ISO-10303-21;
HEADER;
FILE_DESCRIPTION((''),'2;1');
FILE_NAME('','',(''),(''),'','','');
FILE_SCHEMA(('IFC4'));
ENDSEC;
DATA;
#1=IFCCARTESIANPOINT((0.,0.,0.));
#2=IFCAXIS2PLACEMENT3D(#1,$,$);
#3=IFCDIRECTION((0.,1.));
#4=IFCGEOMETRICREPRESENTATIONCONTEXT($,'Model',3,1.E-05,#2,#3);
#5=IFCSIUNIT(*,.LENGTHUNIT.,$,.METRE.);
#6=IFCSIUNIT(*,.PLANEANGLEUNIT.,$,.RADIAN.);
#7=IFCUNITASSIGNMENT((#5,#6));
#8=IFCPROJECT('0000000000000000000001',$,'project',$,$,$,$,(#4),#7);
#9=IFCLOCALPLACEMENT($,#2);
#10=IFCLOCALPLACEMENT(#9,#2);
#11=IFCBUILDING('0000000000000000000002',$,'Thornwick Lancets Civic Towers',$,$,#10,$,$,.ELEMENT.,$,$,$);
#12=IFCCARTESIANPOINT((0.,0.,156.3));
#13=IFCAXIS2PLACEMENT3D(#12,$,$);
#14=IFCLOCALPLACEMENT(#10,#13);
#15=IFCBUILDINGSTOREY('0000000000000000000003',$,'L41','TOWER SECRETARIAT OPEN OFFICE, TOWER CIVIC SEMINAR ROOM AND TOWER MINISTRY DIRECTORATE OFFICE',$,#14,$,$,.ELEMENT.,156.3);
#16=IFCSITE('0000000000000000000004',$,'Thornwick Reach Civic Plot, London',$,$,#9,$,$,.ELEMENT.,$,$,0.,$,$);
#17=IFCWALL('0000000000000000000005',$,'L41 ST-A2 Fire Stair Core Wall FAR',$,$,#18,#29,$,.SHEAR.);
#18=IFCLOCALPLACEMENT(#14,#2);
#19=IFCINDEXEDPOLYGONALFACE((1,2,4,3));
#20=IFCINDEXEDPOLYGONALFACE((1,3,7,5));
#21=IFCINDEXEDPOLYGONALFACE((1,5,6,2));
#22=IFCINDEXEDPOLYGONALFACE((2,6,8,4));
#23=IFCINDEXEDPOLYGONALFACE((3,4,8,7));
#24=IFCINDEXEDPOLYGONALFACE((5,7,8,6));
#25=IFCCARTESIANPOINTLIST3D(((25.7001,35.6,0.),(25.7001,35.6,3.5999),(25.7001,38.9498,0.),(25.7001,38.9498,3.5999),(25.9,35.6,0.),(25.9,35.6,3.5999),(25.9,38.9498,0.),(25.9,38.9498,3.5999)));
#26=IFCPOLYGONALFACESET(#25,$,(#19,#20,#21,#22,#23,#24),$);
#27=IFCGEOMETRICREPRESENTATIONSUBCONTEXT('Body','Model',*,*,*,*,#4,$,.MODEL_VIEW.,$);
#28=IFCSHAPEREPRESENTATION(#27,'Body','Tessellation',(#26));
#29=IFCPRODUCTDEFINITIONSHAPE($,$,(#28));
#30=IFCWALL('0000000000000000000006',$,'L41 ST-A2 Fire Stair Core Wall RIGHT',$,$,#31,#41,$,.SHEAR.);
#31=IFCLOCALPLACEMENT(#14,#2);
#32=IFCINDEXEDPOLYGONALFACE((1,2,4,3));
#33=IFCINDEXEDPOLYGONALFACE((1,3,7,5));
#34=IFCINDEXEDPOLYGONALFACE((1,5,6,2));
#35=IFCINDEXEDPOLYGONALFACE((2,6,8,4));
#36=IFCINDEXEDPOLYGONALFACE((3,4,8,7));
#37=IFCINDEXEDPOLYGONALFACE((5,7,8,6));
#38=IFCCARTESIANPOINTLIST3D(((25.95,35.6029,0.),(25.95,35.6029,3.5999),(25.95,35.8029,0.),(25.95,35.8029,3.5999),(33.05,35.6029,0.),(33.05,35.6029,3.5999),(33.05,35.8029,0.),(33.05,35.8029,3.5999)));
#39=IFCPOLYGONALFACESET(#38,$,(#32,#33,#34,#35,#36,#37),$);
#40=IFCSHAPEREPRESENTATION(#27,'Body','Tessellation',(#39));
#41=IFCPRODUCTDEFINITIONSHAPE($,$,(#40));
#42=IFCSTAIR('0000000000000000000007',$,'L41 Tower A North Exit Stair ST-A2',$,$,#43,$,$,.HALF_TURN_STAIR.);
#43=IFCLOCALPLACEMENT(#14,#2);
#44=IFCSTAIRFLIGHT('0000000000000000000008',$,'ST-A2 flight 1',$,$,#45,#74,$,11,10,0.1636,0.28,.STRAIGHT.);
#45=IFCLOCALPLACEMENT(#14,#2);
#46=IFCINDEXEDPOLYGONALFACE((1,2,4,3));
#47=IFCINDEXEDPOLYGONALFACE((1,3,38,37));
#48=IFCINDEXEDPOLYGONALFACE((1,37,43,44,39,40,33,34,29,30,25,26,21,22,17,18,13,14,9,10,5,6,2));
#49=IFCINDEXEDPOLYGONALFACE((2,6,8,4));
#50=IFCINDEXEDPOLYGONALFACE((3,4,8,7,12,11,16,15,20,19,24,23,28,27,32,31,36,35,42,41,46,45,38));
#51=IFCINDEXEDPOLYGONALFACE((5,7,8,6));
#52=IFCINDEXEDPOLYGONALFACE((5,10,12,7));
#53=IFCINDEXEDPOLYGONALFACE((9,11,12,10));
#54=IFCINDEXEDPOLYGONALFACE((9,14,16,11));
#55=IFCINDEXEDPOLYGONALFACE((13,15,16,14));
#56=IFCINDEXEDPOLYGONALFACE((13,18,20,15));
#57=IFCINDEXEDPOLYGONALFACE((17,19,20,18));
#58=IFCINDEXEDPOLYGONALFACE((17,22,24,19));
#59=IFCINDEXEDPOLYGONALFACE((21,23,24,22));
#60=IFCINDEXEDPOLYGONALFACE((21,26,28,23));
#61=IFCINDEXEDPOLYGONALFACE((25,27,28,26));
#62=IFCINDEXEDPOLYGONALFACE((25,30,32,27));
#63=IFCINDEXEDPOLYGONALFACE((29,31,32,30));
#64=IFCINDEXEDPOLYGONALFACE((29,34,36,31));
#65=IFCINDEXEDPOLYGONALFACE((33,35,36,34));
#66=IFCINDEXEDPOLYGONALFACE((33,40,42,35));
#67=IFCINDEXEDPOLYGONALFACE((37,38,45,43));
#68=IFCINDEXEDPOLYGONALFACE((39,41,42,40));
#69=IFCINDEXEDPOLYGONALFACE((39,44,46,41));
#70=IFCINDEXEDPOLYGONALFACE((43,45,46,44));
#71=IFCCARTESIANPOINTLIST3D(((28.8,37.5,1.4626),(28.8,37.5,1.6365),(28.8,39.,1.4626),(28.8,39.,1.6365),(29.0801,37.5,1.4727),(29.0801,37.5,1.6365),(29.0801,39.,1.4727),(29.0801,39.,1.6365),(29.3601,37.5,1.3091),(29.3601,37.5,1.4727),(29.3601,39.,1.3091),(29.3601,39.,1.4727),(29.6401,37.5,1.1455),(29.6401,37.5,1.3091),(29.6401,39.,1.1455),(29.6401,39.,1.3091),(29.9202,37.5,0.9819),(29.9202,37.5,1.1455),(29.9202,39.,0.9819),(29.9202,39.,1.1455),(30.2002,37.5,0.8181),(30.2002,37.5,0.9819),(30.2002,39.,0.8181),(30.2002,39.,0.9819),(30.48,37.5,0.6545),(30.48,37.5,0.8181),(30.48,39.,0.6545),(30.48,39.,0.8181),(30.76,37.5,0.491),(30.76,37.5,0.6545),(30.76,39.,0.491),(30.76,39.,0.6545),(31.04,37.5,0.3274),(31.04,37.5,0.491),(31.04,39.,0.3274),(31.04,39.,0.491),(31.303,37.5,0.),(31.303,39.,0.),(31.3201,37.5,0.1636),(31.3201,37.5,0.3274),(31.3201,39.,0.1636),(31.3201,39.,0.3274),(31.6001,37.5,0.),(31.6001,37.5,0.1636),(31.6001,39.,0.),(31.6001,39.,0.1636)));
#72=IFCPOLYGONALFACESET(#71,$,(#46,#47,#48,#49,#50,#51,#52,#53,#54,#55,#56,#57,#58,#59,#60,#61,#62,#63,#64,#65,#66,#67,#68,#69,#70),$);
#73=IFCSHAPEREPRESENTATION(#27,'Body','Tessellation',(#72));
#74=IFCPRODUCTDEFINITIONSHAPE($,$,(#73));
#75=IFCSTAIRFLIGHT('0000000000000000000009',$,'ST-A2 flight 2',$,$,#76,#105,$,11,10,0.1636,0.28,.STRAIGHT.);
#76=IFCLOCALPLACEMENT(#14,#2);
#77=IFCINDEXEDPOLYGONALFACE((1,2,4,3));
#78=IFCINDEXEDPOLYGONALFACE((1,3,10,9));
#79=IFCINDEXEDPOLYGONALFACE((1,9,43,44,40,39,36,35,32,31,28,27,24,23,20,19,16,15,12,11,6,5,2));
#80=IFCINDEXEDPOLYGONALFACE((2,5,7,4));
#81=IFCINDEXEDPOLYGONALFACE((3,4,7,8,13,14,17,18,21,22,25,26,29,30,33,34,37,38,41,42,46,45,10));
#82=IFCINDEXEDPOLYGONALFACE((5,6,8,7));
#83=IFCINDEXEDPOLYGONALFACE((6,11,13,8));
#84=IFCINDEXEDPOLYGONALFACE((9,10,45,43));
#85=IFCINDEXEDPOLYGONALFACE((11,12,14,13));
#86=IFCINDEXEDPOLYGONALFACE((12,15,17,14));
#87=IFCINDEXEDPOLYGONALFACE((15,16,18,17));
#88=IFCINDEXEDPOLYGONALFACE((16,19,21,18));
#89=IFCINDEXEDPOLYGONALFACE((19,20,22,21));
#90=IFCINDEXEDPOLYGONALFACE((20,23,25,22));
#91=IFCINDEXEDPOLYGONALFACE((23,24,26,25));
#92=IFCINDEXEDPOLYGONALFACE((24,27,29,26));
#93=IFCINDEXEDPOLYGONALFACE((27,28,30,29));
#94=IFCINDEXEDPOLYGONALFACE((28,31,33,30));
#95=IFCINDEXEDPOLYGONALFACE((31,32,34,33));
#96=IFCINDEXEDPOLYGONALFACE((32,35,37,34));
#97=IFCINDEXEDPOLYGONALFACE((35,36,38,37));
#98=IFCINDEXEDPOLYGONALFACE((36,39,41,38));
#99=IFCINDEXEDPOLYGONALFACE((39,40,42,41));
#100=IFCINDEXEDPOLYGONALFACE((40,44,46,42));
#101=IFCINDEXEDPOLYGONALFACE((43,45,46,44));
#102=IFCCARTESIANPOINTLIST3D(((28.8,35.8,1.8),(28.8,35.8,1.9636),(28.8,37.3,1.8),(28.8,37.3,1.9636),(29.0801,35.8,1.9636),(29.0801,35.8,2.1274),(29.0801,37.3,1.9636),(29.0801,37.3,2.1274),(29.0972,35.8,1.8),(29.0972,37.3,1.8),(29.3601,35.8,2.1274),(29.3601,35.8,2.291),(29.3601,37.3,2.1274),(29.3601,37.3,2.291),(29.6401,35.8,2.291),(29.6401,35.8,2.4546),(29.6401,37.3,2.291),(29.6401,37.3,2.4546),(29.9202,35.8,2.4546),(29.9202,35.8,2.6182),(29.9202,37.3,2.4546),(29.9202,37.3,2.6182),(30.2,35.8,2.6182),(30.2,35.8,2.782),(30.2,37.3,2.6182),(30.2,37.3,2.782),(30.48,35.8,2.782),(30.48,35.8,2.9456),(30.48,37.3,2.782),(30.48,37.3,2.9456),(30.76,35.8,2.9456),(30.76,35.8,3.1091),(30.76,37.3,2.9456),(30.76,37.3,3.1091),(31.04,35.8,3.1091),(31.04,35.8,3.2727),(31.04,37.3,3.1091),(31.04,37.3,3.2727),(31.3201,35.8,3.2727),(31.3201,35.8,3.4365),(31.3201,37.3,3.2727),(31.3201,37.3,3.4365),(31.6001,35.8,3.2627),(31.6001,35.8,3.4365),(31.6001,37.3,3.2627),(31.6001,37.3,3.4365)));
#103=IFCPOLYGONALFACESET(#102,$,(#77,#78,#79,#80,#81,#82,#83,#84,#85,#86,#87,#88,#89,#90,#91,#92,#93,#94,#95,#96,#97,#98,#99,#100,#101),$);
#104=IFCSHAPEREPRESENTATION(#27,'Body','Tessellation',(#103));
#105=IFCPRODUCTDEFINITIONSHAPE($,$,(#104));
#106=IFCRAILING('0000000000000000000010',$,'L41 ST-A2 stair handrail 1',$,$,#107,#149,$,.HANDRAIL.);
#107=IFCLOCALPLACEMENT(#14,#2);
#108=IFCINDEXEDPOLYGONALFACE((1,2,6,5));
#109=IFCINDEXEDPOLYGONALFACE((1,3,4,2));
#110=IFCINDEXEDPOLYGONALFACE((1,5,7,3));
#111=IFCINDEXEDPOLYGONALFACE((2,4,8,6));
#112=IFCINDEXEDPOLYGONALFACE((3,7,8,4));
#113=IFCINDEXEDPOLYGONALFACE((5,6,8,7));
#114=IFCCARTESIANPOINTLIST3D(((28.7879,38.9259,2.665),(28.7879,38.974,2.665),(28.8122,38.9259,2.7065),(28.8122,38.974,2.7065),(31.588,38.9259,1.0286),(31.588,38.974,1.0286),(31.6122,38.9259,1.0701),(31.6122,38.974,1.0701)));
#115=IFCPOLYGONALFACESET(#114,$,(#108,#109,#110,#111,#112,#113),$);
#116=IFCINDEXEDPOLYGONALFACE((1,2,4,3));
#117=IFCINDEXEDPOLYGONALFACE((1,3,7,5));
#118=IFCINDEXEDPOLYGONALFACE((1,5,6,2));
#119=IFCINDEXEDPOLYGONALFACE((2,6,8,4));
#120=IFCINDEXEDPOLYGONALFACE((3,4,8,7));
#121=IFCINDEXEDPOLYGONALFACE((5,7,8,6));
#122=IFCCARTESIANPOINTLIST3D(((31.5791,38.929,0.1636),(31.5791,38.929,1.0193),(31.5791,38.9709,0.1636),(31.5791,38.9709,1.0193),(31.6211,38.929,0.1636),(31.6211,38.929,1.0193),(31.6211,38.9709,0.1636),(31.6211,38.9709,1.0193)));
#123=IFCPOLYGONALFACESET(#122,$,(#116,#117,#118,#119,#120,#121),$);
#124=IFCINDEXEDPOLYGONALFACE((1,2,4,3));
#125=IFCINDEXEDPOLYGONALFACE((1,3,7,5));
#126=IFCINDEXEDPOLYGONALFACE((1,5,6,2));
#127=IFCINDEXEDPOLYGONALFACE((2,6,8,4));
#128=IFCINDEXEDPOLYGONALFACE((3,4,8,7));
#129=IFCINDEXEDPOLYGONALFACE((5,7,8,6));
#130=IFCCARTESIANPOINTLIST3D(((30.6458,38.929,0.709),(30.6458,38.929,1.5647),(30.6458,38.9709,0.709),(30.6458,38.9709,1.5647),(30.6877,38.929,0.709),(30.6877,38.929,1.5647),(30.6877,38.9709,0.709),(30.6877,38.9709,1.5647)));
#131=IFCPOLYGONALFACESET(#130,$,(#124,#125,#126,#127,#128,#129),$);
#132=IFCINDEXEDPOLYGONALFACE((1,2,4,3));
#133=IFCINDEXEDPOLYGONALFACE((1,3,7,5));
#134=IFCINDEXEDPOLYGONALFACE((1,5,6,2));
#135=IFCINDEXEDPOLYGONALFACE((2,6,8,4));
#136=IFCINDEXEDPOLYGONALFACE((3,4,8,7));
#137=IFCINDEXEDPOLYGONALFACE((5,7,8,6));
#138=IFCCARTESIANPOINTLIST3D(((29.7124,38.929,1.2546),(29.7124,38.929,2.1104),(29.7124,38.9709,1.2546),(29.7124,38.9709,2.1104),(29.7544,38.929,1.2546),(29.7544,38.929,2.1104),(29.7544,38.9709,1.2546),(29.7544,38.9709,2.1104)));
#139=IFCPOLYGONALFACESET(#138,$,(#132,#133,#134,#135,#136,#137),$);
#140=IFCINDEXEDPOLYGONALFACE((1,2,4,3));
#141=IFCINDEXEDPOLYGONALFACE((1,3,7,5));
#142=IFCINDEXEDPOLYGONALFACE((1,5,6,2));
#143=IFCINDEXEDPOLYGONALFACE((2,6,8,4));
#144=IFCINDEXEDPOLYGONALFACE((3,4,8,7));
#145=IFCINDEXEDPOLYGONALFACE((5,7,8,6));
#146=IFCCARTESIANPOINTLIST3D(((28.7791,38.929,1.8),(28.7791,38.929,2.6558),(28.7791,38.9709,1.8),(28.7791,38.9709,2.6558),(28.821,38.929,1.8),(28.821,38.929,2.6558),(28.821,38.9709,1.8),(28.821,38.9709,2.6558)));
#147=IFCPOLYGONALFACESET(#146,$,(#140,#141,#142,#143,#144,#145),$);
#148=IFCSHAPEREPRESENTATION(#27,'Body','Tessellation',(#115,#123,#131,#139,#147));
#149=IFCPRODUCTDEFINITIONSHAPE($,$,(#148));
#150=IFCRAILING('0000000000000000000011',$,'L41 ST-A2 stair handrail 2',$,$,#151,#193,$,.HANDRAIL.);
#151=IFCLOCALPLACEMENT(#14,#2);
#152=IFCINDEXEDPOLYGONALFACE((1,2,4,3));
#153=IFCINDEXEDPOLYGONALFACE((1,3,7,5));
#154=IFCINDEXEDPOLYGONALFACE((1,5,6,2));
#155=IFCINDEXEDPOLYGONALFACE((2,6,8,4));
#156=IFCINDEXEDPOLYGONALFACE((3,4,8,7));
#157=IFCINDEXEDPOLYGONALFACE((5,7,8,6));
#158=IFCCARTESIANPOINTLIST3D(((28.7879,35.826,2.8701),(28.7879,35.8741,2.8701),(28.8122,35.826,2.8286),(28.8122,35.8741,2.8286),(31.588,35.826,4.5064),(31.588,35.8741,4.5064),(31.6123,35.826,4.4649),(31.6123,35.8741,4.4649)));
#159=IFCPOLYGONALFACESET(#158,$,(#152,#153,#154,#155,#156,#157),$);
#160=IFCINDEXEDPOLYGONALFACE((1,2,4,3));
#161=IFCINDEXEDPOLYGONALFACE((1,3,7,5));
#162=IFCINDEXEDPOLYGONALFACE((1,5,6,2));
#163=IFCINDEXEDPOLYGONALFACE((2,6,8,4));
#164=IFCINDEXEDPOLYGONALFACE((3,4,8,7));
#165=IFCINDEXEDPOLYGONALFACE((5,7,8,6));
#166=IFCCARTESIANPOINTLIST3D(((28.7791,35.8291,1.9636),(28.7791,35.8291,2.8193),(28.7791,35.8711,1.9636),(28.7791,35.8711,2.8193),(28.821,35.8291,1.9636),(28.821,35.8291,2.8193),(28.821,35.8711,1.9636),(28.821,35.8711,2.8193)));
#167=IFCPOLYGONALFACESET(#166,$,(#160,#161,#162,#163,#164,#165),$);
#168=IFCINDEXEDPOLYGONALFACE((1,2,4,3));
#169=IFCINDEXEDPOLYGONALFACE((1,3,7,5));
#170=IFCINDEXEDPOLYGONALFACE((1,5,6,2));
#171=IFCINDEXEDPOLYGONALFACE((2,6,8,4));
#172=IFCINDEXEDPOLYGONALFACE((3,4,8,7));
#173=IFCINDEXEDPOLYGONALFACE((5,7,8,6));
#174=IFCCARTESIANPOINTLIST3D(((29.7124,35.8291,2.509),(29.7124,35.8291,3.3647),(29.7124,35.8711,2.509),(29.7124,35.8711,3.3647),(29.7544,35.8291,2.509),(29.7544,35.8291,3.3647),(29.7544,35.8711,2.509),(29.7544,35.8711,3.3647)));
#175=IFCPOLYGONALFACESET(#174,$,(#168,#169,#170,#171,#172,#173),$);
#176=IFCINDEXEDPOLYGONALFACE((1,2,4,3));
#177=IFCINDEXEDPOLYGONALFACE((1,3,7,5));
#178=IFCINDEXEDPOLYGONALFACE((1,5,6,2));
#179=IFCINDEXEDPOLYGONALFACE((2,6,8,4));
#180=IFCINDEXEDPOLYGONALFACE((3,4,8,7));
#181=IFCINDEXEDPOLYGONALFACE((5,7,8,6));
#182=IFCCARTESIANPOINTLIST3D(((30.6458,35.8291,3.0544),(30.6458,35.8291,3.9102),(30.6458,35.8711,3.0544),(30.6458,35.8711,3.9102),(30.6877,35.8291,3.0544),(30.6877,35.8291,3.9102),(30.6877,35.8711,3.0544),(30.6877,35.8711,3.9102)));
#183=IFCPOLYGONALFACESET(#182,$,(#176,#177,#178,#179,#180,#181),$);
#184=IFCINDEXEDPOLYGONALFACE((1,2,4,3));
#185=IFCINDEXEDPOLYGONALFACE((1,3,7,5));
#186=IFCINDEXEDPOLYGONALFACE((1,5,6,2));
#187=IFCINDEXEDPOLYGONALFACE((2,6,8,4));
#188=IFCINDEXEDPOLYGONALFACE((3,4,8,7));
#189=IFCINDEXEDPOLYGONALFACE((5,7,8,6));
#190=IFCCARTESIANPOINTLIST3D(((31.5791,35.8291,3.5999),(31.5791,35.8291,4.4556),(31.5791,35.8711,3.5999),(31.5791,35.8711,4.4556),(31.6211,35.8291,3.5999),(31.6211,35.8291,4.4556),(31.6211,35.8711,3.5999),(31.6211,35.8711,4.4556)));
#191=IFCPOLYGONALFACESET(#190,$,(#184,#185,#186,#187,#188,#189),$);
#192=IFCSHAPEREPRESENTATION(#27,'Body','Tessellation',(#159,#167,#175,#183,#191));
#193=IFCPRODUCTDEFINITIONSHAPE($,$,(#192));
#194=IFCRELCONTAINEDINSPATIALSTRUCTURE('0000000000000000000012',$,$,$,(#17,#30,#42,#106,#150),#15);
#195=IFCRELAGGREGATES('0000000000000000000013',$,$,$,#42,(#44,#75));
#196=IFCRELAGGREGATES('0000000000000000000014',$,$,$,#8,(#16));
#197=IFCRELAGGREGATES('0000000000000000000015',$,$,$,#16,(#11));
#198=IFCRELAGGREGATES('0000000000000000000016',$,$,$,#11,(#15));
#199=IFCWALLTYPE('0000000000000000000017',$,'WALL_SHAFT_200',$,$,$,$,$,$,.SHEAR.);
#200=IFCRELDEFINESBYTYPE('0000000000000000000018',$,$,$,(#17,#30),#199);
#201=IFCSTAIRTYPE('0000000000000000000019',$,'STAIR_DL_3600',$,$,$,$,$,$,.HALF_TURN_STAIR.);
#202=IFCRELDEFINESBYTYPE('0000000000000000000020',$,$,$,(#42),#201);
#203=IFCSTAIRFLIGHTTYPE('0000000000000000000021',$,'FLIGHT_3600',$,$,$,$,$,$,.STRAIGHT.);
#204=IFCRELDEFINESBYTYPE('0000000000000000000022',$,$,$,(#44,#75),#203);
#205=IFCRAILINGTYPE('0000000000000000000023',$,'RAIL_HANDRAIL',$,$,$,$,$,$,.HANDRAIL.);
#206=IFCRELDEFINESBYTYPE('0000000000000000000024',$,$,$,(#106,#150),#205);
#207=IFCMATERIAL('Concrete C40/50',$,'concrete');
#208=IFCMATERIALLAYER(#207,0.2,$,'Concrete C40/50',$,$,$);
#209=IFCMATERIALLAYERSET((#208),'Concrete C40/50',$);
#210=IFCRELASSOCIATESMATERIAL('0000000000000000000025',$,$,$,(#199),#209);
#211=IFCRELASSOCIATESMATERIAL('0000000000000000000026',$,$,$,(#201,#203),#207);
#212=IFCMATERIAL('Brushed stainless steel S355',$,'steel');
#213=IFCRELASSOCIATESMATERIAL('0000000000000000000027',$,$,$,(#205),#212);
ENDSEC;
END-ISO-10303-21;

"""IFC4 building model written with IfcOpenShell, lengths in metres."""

from ifc_helpers import new_model, si_unit, direction, frame, frame_2d, origin, origin_2d, place, context, subcontext, project, spatial, polyline, rectangle, outline, extrude, material, layer, layer_set, type_object, element, aggregate, save


model = new_model("IFC4")

# Units and contexts
model_context = context("Model", 3, precision=1e-05, world=origin(), true_north=direction((0.0, 1.0)))
body_context = subcontext(model_context, "Body", "Model", "MODEL_VIEW")
ifc_project = project(units=[si_unit("LENGTHUNIT", "METRE"), si_unit("PLANEANGLEUNIT", "RADIAN")], contexts=[model_context])

# Site, building, storey
site_placement = place(None, origin())
site = spatial("IfcSite", under=ifc_project, at=site_placement, Name="Thornwick Reach Civic Plot, London", CompositionType="ELEMENT", RefElevation=0.0)
building_placement = place(site_placement, origin())
building = spatial("IfcBuilding", under=site, at=building_placement, Name="Thornwick Lancets Civic Towers", CompositionType="ELEMENT")
storey_placement = place(building_placement, frame((0.0, 0.0, 156.3)))
storey = spatial("IfcBuildingStorey", under=building, at=storey_placement, Name="L41", Description="TOWER SECRETARIAT OPEN OFFICE, TOWER CIVIC SEMINAR ROOM AND TOWER MINISTRY DIRECTORATE OFFICE", CompositionType="ELEMENT", Elevation=156.3)

# Shared definitions
ifc_material_1 = material(Name="Concrete C40/50", Category="concrete")

# Shared definitions
ifc_layer_1 = layer(ifc_material_1, 0.2, Name="Concrete C40/50")
ifc_layer_set_1 = layer_set([ifc_layer_1], Name="Concrete C40/50")
wall_type_1 = type_object("IfcWallType", Name="WALL_SHAFT_200", PredefinedType="SHEAR", material=ifc_layer_set_1)

# Walls
wall_1_placement = place(storey_placement, frame((25.8, 35.6001, 0.0), z_axis=(0.0, 0.0, 1.0), x_axis=(0.0, 1.0, 0.0)))
element("IfcWall", 1, at=wall_1_placement, inside=storey, type_object=wall_type_1, Name="L41 ST-A2 Fire Stair Core Wall FAR", PredefinedType="SHEAR", context=body_context, shape_type="SweptSolid", body=[
    extrude(rectangle(XDim=3.3499, YDim=0.2, at=frame_2d((1.6748, 0.0))), origin(), (0.0, 0.0, 1.0), 3.5999),
])
wall_2_placement = place(storey_placement, frame((25.95, 35.7029, 0.0), z_axis=(0.0, 0.0, 1.0), x_axis=(1.0, 0.0, 0.0)))
element("IfcWall", 2, at=wall_2_placement, inside=storey, type_object=wall_type_1, Name="L41 ST-A2 Fire Stair Core Wall RIGHT", PredefinedType="SHEAR", context=body_context, shape_type="SweptSolid", body=[
    extrude(rectangle(XDim=7.1001, YDim=0.2, at=frame_2d((3.55, 0.0))), origin(), (0.0, 0.0, 1.0), 3.5999),
])

# Stair, stair flights
stair_type = type_object("IfcStairType", Name="STAIR_DL_3600", PredefinedType="HALF_TURN_STAIR", material=ifc_material_1)
stair_placement = place(storey_placement, origin())
stair = element("IfcStair", 3, at=stair_placement, inside=storey, type_object=stair_type, Name="L41 Tower A North Exit Stair ST-A2", PredefinedType="HALF_TURN_STAIR")
stair_flight_type = type_object("IfcStairFlightType", Name="FLIGHT_3600", PredefinedType="STRAIGHT", material=ifc_material_1)
stair_flight_1_placement = place(storey_placement, frame((31.6001, 38.25, 0.0), z_axis=(0.0, 0.0, 1.0), x_axis=(-1.0, 0.0, 0.0)))
stair_flight_1 = element("IfcStairFlight", 4, at=stair_flight_1_placement, type_object=stair_flight_type, Name="ST-A2 flight 1", NumberOfRisers=11, NumberOfTreads=10, PredefinedType="STRAIGHT", RiserHeight=0.1636, TreadLength=0.28, context=body_context, shape_type="SweptSolid", body=[
    extrude(outline(polyline([(0.0, 0.0), (0.0, 0.1636), (0.28, 0.1636), (0.28, 0.3274), (0.5601, 0.3274), (0.5601, 0.491), (0.8401, 0.491), (0.8401, 0.6545), (1.1201, 0.6545), (1.1201, 0.8181), (1.3999, 0.8181), (1.3999, 0.9819), (1.6799, 0.9819), (1.6799, 1.1455), (1.96, 1.1455), (1.96, 1.3091), (2.24, 1.3091), (2.24, 1.4727), (2.52, 1.4727), (2.52, 1.6365), (2.8, 1.6365), (2.8, 1.8), (2.8, 1.4626), (0.2971, 0.0), (0.0, 0.0)])), frame((0.0, 0.75, 0.0), z_axis=(0.0, -1.0, 0.0), x_axis=(1.0, 0.0, 0.0)), (0.0, 0.0, 1.0), 1.5),
])
stair_flight_2_placement = place(storey_placement, frame((28.8, 36.55, 1.8), z_axis=(0.0, 0.0, 1.0), x_axis=(1.0, 0.0, 0.0)))
stair_flight_2 = element("IfcStairFlight", 5, at=stair_flight_2_placement, type_object=stair_flight_type, Name="ST-A2 flight 2", NumberOfRisers=11, NumberOfTreads=10, PredefinedType="STRAIGHT", RiserHeight=0.1636, TreadLength=0.28, context=body_context, shape_type="SweptSolid", body=[
    extrude(outline(polyline([(0.0, 0.0), (0.0, 0.1636), (0.28, 0.1636), (0.28, 0.3274), (0.5601, 0.3274), (0.5601, 0.491), (0.8401, 0.491), (0.8401, 0.6545), (1.1201, 0.6545), (1.1201, 0.8181), (1.3999, 0.8181), (1.3999, 0.9819), (1.6799, 0.9819), (1.6799, 1.1455), (1.96, 1.1455), (1.96, 1.3091), (2.24, 1.3091), (2.24, 1.4727), (2.52, 1.4727), (2.52, 1.6365), (2.8, 1.6365), (2.8, 1.8), (2.8, 1.4626), (0.2971, 0.0), (0.0, 0.0)])), frame((0.0, 0.75, 0.0), z_axis=(0.0, -1.0, 0.0), x_axis=(1.0, 0.0, 0.0)), (0.0, 0.0, 1.0), 1.5),
])
aggregate(stair, [stair_flight_1, stair_flight_2])

# Railings
ifc_material_2 = material(Name="Brushed stainless steel S355", Category="steel")
railing_type_1 = type_object("IfcRailingType", Name="RAIL_HANDRAIL", PredefinedType="HANDRAIL", material=ifc_material_2)
railing_1_placement = place(storey_placement, frame((31.6001, 38.95, 0.1636)))
element("IfcRailing", 6, at=railing_1_placement, inside=storey, type_object=railing_type_1, Name="L41 ST-A2 stair handrail 1", PredefinedType="HANDRAIL", context=body_context, shape_type="SweptSolid", body=[
    extrude(rectangle(XDim=0.0481, YDim=0.0481, at=origin_2d()), frame((0.0, 0.0, 0.8857), z_axis=(-0.863361, 0.0, 0.504587), x_axis=(0.0, -1.0, 0.0)), (0.0, 0.0, 1.0), 3.2432),
    extrude(rectangle(XDim=0.042, YDim=0.042, at=origin_2d()), origin(), (0.0, 0.0, 1.0), 0.8557),
    extrude(rectangle(XDim=0.042, YDim=0.042, at=origin_2d()), frame((-0.9333, 0.0, 0.5454)), (0.0, 0.0, 1.0), 0.8557),
    extrude(rectangle(XDim=0.042, YDim=0.042, at=origin_2d()), frame((-1.8667, 0.0, 1.0911)), (0.0, 0.0, 1.0), 0.8557),
    extrude(rectangle(XDim=0.042, YDim=0.042, at=origin_2d()), frame((-2.8, 0.0, 1.6365)), (0.0, 0.0, 1.0), 0.8557),
])
railing_2_placement = place(storey_placement, frame((28.8, 35.8501, 1.9636)))
element("IfcRailing", 7, at=railing_2_placement, inside=storey, type_object=railing_type_1, Name="L41 ST-A2 stair handrail 2", PredefinedType="HANDRAIL", context=body_context, shape_type="SweptSolid", body=[
    extrude(rectangle(XDim=0.0481, YDim=0.0481, at=origin_2d()), frame((0.0, 0.0, 0.8857), z_axis=(0.863394, 0.0, 0.504531), x_axis=(0.0, 1.0, 0.0)), (0.0, 0.0, 1.0), 3.2432),
    extrude(rectangle(XDim=0.042, YDim=0.042, at=origin_2d()), origin(), (0.0, 0.0, 1.0), 0.8557),
    extrude(rectangle(XDim=0.042, YDim=0.042, at=origin_2d()), frame((0.9333, 0.0, 0.5454)), (0.0, 0.0, 1.0), 0.8557),
    extrude(rectangle(XDim=0.042, YDim=0.042, at=origin_2d()), frame((1.8667, 0.0, 1.0908)), (0.0, 0.0, 1.0), 0.8557),
    extrude(rectangle(XDim=0.042, YDim=0.042, at=origin_2d()), frame((2.8, 0.0, 1.6362)), (0.0, 0.0, 1.0), 0.8557),
])

save(model, "model.ifc")
